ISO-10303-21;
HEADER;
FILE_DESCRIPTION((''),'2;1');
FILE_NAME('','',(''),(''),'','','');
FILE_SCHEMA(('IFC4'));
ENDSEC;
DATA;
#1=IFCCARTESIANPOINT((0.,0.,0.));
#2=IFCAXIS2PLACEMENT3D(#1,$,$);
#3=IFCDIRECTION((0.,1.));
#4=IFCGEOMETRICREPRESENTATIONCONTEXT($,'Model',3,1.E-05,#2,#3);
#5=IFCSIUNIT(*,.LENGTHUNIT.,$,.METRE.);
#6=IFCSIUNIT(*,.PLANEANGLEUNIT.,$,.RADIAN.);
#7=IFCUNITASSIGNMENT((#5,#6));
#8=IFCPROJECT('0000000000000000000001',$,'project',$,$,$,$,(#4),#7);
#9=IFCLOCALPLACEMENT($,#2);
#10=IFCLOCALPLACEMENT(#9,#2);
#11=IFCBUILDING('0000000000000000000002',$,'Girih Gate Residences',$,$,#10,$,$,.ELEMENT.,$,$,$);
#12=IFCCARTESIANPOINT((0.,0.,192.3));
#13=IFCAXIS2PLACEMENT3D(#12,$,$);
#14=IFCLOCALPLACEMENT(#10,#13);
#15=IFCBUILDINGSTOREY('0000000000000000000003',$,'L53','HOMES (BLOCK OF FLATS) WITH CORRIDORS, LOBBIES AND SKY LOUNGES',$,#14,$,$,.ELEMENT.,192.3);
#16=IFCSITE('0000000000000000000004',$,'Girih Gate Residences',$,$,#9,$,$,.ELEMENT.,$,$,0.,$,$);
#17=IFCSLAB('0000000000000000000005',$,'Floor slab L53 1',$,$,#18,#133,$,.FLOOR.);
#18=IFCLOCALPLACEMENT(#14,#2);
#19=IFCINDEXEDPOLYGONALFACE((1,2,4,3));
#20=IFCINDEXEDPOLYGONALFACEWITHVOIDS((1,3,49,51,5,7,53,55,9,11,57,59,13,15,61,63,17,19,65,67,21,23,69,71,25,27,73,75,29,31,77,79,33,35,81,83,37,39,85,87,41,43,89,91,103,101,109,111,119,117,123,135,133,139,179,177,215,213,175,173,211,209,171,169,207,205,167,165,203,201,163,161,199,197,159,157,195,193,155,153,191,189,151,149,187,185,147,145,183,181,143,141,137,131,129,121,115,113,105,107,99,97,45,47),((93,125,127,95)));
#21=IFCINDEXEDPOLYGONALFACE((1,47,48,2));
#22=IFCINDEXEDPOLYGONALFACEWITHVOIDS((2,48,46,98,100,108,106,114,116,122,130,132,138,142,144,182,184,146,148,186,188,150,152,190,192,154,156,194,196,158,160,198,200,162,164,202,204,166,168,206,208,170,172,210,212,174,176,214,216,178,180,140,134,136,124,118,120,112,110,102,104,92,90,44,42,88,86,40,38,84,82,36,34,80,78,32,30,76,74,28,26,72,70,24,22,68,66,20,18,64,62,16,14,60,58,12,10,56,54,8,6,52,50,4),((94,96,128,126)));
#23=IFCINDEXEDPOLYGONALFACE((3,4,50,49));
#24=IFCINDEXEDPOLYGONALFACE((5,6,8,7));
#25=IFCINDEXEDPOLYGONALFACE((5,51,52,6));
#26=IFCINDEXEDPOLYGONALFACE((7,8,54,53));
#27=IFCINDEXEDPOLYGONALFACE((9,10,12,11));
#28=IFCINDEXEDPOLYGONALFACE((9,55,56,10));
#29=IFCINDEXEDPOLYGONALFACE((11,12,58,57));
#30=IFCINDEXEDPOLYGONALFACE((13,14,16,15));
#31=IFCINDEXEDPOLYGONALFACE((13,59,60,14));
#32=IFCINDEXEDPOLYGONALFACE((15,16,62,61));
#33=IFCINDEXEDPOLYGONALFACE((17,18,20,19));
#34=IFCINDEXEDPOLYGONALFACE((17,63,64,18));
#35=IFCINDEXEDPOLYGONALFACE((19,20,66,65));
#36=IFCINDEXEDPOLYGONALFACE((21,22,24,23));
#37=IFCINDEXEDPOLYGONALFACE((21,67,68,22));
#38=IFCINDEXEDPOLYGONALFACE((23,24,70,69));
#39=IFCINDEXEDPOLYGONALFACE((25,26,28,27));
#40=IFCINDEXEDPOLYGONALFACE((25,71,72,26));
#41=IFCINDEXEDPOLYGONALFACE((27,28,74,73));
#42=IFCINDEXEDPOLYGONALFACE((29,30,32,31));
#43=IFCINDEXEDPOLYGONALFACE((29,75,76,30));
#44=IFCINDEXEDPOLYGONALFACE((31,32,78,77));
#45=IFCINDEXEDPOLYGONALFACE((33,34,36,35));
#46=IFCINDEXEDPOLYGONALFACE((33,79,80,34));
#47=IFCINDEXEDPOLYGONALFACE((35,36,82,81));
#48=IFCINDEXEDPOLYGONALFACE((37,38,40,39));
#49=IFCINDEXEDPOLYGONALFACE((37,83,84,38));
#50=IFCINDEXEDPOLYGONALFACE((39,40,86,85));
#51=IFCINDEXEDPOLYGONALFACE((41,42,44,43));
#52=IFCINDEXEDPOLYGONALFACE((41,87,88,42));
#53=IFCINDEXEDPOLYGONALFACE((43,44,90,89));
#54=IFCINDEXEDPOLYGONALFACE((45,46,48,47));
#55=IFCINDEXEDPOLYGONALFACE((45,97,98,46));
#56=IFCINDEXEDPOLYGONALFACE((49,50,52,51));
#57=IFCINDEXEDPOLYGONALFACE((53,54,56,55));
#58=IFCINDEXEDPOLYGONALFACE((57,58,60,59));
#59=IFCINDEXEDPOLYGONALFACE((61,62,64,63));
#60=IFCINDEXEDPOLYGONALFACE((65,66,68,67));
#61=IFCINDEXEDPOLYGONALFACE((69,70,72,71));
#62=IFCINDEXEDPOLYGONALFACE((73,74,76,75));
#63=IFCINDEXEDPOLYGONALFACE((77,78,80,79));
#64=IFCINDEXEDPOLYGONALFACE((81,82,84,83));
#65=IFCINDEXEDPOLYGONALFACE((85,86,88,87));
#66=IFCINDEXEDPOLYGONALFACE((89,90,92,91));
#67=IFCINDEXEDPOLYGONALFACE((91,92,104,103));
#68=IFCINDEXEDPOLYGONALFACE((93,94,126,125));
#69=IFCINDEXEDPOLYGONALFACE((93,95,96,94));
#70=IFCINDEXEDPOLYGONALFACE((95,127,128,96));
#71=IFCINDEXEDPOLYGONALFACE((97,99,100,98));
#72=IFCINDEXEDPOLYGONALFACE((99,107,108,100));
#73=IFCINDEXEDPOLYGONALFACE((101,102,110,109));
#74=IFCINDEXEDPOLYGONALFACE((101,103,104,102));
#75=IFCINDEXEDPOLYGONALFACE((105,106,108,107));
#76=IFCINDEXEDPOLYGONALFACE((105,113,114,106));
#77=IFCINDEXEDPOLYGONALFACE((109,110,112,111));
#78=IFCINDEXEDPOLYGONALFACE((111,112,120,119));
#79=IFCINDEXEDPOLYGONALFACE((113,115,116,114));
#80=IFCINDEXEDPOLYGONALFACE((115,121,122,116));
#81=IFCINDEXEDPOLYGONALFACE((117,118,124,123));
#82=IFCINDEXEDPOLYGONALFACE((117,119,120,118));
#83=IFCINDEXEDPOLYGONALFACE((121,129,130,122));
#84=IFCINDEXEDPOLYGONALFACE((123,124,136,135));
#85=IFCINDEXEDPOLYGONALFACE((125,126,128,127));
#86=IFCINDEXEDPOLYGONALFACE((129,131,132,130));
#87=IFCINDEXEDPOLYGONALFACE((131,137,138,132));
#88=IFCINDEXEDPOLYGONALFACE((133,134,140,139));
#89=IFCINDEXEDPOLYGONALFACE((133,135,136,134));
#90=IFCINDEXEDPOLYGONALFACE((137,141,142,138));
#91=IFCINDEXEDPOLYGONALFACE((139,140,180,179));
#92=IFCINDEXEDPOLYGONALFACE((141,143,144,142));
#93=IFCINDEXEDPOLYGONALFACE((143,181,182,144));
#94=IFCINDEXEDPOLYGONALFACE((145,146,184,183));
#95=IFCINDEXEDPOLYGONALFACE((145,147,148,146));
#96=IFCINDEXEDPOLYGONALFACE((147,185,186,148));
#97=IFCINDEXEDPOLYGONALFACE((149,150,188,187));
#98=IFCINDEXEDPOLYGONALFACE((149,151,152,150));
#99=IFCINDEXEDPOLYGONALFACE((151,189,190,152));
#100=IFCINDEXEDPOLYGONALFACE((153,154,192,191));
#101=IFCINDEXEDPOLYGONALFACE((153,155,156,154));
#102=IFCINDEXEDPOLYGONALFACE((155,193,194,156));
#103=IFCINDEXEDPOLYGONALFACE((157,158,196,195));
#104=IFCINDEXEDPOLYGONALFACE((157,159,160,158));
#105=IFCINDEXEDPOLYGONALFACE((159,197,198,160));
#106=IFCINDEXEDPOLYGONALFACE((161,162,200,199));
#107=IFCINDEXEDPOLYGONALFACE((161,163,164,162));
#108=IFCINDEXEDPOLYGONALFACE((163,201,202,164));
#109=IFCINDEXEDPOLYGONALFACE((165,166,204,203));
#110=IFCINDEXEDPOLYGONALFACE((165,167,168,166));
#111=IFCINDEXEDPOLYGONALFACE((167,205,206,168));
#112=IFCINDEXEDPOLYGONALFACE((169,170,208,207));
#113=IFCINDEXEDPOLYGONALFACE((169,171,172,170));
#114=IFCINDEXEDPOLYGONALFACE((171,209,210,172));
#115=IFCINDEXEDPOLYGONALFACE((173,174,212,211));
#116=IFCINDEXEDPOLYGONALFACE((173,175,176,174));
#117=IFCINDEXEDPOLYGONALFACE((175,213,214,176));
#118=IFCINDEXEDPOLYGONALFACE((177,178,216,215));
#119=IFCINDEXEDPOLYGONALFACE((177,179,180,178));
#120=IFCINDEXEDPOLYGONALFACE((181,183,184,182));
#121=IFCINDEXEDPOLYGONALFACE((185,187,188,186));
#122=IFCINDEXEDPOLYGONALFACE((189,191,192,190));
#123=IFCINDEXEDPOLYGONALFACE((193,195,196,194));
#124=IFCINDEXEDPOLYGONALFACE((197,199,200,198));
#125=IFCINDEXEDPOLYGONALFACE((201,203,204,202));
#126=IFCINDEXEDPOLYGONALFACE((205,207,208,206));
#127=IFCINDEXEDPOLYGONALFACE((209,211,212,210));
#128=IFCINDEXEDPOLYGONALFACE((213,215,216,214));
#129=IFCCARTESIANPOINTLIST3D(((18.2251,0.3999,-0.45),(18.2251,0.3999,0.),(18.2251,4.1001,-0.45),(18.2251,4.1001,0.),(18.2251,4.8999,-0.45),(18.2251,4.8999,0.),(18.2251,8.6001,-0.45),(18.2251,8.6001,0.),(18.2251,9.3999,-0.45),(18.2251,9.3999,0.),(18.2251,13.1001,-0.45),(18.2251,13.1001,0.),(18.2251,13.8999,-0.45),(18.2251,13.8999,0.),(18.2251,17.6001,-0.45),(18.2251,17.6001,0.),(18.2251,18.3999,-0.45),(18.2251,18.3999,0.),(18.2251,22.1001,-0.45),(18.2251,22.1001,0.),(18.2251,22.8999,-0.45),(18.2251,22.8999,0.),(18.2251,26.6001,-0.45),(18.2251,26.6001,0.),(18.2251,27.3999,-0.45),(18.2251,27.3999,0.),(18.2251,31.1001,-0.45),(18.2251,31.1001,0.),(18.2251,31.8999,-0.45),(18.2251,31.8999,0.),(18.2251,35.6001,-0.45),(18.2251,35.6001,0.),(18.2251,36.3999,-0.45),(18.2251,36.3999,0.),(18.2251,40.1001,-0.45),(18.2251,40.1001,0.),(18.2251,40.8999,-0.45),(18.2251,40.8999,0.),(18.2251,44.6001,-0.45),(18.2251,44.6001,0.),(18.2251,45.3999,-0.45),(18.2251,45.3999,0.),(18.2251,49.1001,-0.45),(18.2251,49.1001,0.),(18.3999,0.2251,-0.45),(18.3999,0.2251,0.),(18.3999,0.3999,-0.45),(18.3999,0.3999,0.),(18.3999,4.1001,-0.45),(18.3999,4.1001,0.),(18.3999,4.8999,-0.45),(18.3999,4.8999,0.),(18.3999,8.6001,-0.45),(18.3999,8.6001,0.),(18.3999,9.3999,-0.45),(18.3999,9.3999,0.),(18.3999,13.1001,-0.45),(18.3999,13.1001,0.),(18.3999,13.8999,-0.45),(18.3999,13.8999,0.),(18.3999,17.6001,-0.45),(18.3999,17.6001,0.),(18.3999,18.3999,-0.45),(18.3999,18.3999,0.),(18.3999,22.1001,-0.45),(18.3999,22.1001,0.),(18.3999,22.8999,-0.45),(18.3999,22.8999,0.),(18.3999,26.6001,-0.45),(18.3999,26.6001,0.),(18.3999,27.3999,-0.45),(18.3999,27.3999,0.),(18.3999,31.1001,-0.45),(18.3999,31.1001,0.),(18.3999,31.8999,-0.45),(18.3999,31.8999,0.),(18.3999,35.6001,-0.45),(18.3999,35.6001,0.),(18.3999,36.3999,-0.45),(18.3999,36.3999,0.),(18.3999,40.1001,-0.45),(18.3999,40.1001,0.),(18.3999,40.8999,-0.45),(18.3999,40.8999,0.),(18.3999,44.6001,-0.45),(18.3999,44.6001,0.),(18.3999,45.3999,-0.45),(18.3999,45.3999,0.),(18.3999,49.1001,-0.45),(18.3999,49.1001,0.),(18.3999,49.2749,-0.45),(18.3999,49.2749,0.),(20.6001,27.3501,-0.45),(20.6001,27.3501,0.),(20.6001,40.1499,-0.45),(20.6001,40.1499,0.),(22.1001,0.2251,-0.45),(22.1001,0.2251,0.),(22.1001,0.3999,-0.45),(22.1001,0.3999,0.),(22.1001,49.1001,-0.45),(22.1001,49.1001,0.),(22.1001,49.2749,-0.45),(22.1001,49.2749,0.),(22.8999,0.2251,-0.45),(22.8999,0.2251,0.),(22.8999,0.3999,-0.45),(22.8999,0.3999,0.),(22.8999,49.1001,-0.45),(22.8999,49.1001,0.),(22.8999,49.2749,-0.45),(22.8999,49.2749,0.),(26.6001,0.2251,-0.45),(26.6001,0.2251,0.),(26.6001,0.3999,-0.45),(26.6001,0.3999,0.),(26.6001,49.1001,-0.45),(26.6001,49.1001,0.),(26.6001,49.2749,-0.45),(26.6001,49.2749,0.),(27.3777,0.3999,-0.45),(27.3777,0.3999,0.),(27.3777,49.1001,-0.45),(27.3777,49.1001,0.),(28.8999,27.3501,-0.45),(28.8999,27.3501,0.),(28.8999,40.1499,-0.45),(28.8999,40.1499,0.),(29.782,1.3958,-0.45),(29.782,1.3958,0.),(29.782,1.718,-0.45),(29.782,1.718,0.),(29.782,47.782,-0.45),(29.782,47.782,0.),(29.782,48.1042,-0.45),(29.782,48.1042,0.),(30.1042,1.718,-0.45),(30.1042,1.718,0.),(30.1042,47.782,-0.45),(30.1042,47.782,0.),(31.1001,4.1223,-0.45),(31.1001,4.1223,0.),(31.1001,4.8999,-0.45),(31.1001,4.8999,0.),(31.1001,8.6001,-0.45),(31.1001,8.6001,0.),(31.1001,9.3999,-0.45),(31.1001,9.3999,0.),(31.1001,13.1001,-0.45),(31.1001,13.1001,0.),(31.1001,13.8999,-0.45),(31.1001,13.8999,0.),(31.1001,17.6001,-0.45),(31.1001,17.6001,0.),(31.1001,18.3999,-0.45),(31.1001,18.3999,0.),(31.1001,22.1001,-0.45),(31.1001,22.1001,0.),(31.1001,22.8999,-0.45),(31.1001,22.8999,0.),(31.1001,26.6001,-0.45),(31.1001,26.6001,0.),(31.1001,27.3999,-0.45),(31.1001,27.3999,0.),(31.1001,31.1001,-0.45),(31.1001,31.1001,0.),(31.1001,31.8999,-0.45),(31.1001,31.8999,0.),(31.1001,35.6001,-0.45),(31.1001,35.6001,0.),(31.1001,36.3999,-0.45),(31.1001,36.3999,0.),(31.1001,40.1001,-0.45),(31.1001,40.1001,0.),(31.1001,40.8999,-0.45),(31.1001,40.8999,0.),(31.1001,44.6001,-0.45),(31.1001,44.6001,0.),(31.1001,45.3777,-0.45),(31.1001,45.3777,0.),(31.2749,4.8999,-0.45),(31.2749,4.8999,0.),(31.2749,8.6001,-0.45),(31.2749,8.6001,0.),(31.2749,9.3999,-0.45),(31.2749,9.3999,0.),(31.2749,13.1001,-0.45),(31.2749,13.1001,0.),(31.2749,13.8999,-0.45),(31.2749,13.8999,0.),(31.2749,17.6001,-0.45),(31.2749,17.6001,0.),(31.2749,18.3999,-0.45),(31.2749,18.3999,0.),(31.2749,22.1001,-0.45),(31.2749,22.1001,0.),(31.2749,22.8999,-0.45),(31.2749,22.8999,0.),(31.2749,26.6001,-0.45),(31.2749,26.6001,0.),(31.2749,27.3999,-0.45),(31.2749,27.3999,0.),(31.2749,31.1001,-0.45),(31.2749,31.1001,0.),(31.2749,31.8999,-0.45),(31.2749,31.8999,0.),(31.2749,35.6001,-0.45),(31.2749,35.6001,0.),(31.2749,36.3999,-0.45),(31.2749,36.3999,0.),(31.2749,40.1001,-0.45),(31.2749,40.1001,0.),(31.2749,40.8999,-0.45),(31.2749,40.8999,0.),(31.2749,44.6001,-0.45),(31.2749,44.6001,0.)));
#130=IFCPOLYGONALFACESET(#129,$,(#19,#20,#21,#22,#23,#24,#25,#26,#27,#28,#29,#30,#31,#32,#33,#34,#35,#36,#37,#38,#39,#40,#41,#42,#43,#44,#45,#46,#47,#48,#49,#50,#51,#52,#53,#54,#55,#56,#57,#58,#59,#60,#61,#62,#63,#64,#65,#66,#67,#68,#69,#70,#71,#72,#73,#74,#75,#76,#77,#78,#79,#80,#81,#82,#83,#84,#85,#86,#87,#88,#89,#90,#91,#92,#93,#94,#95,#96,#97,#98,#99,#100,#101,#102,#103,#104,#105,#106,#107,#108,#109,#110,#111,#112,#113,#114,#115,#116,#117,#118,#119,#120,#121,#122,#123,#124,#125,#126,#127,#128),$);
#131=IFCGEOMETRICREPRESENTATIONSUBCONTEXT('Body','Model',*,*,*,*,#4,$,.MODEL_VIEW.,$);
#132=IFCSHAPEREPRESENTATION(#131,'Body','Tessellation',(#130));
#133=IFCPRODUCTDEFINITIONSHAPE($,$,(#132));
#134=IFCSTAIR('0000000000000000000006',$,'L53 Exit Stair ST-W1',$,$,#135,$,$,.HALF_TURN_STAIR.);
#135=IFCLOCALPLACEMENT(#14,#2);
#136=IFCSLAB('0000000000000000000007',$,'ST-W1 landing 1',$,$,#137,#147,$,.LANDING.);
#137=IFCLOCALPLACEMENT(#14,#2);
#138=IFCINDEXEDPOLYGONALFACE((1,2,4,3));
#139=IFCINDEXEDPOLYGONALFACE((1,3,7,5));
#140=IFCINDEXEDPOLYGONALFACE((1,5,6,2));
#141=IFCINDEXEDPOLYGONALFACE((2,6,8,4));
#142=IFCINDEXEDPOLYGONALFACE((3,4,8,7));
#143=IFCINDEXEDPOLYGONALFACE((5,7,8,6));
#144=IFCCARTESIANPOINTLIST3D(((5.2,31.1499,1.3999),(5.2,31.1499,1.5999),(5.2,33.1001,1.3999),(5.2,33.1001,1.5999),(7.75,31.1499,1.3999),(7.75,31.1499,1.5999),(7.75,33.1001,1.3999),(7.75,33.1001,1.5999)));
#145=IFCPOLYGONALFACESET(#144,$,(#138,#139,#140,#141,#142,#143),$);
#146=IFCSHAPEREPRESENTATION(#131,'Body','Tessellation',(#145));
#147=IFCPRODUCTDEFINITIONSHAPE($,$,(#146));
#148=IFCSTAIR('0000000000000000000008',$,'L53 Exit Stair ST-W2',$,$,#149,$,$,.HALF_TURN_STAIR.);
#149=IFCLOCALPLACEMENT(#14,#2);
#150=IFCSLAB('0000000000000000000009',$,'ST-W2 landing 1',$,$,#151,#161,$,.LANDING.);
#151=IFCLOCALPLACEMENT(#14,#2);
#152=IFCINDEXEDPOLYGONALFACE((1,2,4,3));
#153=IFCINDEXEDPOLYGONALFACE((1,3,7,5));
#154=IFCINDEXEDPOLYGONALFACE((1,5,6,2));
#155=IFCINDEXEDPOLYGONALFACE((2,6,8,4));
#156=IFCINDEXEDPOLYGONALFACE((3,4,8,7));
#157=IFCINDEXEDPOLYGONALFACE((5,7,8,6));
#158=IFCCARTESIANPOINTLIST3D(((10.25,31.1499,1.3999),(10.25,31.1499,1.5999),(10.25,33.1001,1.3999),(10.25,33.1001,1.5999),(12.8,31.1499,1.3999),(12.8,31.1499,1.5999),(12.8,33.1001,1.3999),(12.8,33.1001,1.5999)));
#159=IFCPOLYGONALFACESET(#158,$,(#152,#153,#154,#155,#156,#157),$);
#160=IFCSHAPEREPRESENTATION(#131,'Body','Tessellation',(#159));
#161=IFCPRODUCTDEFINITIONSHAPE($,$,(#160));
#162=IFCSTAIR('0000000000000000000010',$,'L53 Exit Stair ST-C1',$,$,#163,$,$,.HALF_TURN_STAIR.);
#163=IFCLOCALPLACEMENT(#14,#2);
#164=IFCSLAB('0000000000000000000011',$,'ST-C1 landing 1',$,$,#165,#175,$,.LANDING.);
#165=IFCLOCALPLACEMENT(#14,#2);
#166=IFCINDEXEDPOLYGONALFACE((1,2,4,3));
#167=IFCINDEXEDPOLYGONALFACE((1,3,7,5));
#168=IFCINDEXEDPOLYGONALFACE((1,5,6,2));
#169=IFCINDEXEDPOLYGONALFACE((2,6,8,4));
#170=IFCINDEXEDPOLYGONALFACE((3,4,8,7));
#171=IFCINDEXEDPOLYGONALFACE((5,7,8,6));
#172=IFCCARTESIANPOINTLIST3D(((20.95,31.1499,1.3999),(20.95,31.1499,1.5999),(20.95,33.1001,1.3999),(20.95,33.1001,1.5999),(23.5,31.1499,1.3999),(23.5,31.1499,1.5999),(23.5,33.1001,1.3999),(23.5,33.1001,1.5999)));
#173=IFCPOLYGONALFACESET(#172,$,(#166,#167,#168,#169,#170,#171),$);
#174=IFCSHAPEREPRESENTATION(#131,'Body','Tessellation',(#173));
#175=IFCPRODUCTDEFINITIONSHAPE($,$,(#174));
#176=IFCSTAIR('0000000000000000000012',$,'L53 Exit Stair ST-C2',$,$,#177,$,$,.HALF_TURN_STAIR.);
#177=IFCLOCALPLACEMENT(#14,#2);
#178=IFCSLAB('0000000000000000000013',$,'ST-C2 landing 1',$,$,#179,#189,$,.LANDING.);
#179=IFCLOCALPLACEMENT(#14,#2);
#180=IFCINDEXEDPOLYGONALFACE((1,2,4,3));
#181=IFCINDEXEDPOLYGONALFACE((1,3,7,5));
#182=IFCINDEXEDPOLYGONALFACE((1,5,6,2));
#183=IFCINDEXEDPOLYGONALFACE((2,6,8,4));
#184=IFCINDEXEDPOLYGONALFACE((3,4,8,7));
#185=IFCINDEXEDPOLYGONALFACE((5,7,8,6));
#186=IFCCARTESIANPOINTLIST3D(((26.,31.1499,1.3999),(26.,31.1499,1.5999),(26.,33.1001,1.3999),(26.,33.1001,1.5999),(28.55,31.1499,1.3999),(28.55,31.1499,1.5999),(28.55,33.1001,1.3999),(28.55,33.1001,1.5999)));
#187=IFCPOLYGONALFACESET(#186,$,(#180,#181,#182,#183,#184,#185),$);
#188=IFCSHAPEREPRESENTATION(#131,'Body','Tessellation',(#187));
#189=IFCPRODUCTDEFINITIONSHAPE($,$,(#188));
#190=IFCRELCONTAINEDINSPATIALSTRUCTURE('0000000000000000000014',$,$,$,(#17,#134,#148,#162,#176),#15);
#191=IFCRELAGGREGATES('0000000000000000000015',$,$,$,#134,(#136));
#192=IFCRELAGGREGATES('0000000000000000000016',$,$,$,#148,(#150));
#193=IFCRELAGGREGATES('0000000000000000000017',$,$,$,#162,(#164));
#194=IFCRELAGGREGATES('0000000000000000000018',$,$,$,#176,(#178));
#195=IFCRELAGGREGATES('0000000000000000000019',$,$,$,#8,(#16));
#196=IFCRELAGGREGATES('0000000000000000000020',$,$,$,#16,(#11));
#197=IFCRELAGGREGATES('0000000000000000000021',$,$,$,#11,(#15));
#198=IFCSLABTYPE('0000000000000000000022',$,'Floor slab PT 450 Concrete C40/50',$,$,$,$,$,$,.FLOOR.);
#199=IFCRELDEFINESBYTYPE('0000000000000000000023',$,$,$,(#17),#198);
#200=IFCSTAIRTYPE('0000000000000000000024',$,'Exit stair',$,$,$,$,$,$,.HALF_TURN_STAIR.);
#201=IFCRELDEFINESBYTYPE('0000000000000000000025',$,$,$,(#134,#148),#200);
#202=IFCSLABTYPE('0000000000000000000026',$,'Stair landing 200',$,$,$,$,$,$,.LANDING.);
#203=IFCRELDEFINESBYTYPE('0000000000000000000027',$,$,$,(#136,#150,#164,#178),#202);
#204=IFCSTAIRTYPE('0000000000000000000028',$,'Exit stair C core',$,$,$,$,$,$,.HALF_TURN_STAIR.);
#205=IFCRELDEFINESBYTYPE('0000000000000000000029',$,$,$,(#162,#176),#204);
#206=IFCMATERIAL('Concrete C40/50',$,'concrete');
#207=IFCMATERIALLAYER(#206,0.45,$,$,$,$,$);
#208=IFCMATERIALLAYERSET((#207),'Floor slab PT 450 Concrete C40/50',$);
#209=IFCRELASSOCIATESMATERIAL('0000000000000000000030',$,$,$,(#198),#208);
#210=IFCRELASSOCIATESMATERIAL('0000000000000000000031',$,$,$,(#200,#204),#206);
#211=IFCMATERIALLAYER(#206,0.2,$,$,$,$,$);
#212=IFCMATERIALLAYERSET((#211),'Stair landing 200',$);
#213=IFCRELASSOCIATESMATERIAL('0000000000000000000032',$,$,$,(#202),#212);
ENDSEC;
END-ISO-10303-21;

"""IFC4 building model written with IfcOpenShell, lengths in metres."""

from ifc_helpers import new_model, si_unit, direction, frame, origin, place, context, subcontext, project, spatial, polyline, outline, extrude, material, layer, layer_set, type_object, element, aggregate, save


model = new_model("IFC4")

# Units and contexts
model_context = context("Model", 3, precision=1e-05, world=origin(), true_north=direction((0.0, 1.0)))
body_context = subcontext(model_context, "Body", "Model", "MODEL_VIEW")
ifc_project = project(units=[si_unit("LENGTHUNIT", "METRE"), si_unit("PLANEANGLEUNIT", "RADIAN")], contexts=[model_context])

# Site, building, storey
site_placement = place(None, origin())
site = spatial("IfcSite", under=ifc_project, at=site_placement, Name="Girih Gate Residences", CompositionType="ELEMENT", RefElevation=0.0)
building_placement = place(site_placement, origin())
building = spatial("IfcBuilding", under=site, at=building_placement, Name="Girih Gate Residences", CompositionType="ELEMENT")
storey_placement = place(building_placement, frame((0.0, 0.0, 192.3)))
storey = spatial("IfcBuildingStorey", under=building, at=storey_placement, Name="L53", Description="HOMES (BLOCK OF FLATS) WITH CORRIDORS, LOBBIES AND SKY LOUNGES", CompositionType="ELEMENT", Elevation=192.3)

# Slab
ifc_material_1 = material(Name="Concrete C40/50", Category="concrete")
ifc_layer_1 = layer(ifc_material_1, 0.45)
ifc_layer_set_1 = layer_set([ifc_layer_1], Name="Floor slab PT 450 Concrete C40/50")
slab_type_1 = type_object("IfcSlabType", Name="Floor slab PT 450 Concrete C40/50", PredefinedType="FLOOR", material=ifc_layer_set_1)
slab_1_placement = place(storey_placement, frame((0.0, 0.0, -0.45)))
element("IfcSlab", 1, at=slab_1_placement, inside=storey, type_object=slab_type_1, Name="Floor slab L53 1", PredefinedType="FLOOR", context=body_context, shape_type="SweptSolid", body=[
    extrude(outline(polyline([(22.8999, 0.2251), (26.6001, 0.2251), (26.6001, 0.3999), (27.3777, 0.3999), (29.782, 1.3958), (29.782, 1.718), (30.1042, 1.718), (31.1001, 4.1223), (31.1001, 4.8999), (31.2749, 4.8999), (31.2749, 8.6001), (31.1001, 8.6001), (31.1001, 9.3999), (31.2749, 9.3999), (31.2749, 13.1001), (31.1001, 13.1001), (31.1001, 13.8999), (31.2749, 13.8999), (31.2749, 17.6001), (31.1001, 17.6001), (31.1001, 18.3999), (31.2749, 18.3999), (31.2749, 22.1001), (31.1001, 22.1001), (31.1001, 22.8999), (31.2749, 22.8999), (31.2749, 26.6001), (31.1001, 26.6001), (31.1001, 27.3999), (31.2749, 27.3999), (31.2749, 31.1001), (31.1001, 31.1001), (31.1001, 31.8999), (31.2749, 31.8999), (31.2749, 35.6001), (31.1001, 35.6001), (31.1001, 36.3999), (31.2749, 36.3999), (31.2749, 40.1001), (31.1001, 40.1001), (31.1001, 40.8999), (31.2749, 40.8999), (31.2749, 44.6001), (31.1001, 44.6001), (31.1001, 45.3777), (30.1042, 47.782), (29.782, 47.782), (29.782, 48.1042), (27.3777, 49.1001), (26.6001, 49.1001), (26.6001, 49.2749), (22.8999, 49.2749), (22.8999, 49.1001), (22.1001, 49.1001), (22.1001, 49.2749), (18.3999, 49.2749), (18.3999, 49.1001), (18.2251, 49.1001), (18.2251, 45.3999), (18.3999, 45.3999), (18.3999, 44.6001), (18.2251, 44.6001), (18.2251, 40.8999), (18.3999, 40.8999), (18.3999, 40.1001), (18.2251, 40.1001), (18.2251, 36.3999), (18.3999, 36.3999), (18.3999, 35.6001), (18.2251, 35.6001), (18.2251, 31.8999), (18.3999, 31.8999), (18.3999, 31.1001), (18.2251, 31.1001), (18.2251, 27.3999), (18.3999, 27.3999), (18.3999, 26.6001), (18.2251, 26.6001), (18.2251, 22.8999), (18.3999, 22.8999), (18.3999, 22.1001), (18.2251, 22.1001), (18.2251, 18.3999), (18.3999, 18.3999), (18.3999, 17.6001), (18.2251, 17.6001), (18.2251, 13.8999), (18.3999, 13.8999), (18.3999, 13.1001), (18.2251, 13.1001), (18.2251, 9.3999), (18.3999, 9.3999), (18.3999, 8.6001), (18.2251, 8.6001), (18.2251, 4.8999), (18.3999, 4.8999), (18.3999, 4.1001), (18.2251, 4.1001), (18.2251, 0.3999), (18.3999, 0.3999), (18.3999, 0.2251), (22.1001, 0.2251), (22.1001, 0.3999), (22.8999, 0.3999), (22.8999, 0.2251)]), holes=[polyline([(28.8999, 40.1499), (28.8999, 27.3501), (20.6001, 27.3501), (20.6001, 40.1499), (28.8999, 40.1499)])]), origin(), (0.0, 0.0, 1.0), 0.45),
])

# Stairs, slabs
stair_type_1 = type_object("IfcStairType", Name="Exit stair", PredefinedType="HALF_TURN_STAIR", material=ifc_material_1)
stair_1_placement = place(storey_placement, origin())
stair_1 = element("IfcStair", 2, at=stair_1_placement, inside=storey, type_object=stair_type_1, Name="L53 Exit Stair ST-W1", PredefinedType="HALF_TURN_STAIR")
ifc_layer_2 = layer(ifc_material_1, 0.2)
ifc_layer_set_2 = layer_set([ifc_layer_2], Name="Stair landing 200")
slab_type_2 = type_object("IfcSlabType", Name="Stair landing 200", PredefinedType="LANDING", material=ifc_layer_set_2)
slab_2_placement = place(storey_placement, frame((0.0, 0.0, 1.3999)))
slab_2 = element("IfcSlab", 3, at=slab_2_placement, type_object=slab_type_2, Name="ST-W1 landing 1", PredefinedType="LANDING", context=body_context, shape_type="SweptSolid", body=[
    extrude(outline(polyline([(7.75, 31.1499), (7.75, 33.1001), (5.2, 33.1001), (5.2, 31.1499), (7.75, 31.1499)])), origin(), (0.0, 0.0, 1.0), 0.2),
])
aggregate(stair_1, [slab_2])
stair_2_placement = place(storey_placement, origin())
stair_2 = element("IfcStair", 4, at=stair_2_placement, inside=storey, type_object=stair_type_1, Name="L53 Exit Stair ST-W2", PredefinedType="HALF_TURN_STAIR")
slab_3_placement = place(storey_placement, frame((0.0, 0.0, 1.3999)))
slab_3 = element("IfcSlab", 5, at=slab_3_placement, type_object=slab_type_2, Name="ST-W2 landing 1", PredefinedType="LANDING", context=body_context, shape_type="SweptSolid", body=[
    extrude(outline(polyline([(12.8, 31.1499), (12.8, 33.1001), (10.25, 33.1001), (10.25, 31.1499), (12.8, 31.1499)])), origin(), (0.0, 0.0, 1.0), 0.2),
])
aggregate(stair_2, [slab_3])
stair_type_2 = type_object("IfcStairType", Name="Exit stair C core", PredefinedType="HALF_TURN_STAIR", material=ifc_material_1)
stair_3_placement = place(storey_placement, origin())
stair_3 = element("IfcStair", 6, at=stair_3_placement, inside=storey, type_object=stair_type_2, Name="L53 Exit Stair ST-C1", PredefinedType="HALF_TURN_STAIR")
slab_4_placement = place(storey_placement, frame((0.0, 0.0, 1.3999)))
slab_4 = element("IfcSlab", 7, at=slab_4_placement, type_object=slab_type_2, Name="ST-C1 landing 1", PredefinedType="LANDING", context=body_context, shape_type="SweptSolid", body=[
    extrude(outline(polyline([(23.5, 31.1499), (23.5, 33.1001), (20.95, 33.1001), (20.95, 31.1499), (23.5, 31.1499)])), origin(), (0.0, 0.0, 1.0), 0.2),
])
aggregate(stair_3, [slab_4])
stair_4_placement = place(storey_placement, origin())
stair_4 = element("IfcStair", 8, at=stair_4_placement, inside=storey, type_object=stair_type_2, Name="L53 Exit Stair ST-C2", PredefinedType="HALF_TURN_STAIR")
slab_5_placement = place(storey_placement, frame((0.0, 0.0, 1.3999)))
slab_5 = element("IfcSlab", 9, at=slab_5_placement, type_object=slab_type_2, Name="ST-C2 landing 1", PredefinedType="LANDING", context=body_context, shape_type="SweptSolid", body=[
    extrude(outline(polyline([(28.55, 31.1499), (28.55, 33.1001), (26.0, 33.1001), (26.0, 31.1499), (28.55, 31.1499)])), origin(), (0.0, 0.0, 1.0), 0.2),
])
aggregate(stair_4, [slab_5])

save(model, "model.ifc")
